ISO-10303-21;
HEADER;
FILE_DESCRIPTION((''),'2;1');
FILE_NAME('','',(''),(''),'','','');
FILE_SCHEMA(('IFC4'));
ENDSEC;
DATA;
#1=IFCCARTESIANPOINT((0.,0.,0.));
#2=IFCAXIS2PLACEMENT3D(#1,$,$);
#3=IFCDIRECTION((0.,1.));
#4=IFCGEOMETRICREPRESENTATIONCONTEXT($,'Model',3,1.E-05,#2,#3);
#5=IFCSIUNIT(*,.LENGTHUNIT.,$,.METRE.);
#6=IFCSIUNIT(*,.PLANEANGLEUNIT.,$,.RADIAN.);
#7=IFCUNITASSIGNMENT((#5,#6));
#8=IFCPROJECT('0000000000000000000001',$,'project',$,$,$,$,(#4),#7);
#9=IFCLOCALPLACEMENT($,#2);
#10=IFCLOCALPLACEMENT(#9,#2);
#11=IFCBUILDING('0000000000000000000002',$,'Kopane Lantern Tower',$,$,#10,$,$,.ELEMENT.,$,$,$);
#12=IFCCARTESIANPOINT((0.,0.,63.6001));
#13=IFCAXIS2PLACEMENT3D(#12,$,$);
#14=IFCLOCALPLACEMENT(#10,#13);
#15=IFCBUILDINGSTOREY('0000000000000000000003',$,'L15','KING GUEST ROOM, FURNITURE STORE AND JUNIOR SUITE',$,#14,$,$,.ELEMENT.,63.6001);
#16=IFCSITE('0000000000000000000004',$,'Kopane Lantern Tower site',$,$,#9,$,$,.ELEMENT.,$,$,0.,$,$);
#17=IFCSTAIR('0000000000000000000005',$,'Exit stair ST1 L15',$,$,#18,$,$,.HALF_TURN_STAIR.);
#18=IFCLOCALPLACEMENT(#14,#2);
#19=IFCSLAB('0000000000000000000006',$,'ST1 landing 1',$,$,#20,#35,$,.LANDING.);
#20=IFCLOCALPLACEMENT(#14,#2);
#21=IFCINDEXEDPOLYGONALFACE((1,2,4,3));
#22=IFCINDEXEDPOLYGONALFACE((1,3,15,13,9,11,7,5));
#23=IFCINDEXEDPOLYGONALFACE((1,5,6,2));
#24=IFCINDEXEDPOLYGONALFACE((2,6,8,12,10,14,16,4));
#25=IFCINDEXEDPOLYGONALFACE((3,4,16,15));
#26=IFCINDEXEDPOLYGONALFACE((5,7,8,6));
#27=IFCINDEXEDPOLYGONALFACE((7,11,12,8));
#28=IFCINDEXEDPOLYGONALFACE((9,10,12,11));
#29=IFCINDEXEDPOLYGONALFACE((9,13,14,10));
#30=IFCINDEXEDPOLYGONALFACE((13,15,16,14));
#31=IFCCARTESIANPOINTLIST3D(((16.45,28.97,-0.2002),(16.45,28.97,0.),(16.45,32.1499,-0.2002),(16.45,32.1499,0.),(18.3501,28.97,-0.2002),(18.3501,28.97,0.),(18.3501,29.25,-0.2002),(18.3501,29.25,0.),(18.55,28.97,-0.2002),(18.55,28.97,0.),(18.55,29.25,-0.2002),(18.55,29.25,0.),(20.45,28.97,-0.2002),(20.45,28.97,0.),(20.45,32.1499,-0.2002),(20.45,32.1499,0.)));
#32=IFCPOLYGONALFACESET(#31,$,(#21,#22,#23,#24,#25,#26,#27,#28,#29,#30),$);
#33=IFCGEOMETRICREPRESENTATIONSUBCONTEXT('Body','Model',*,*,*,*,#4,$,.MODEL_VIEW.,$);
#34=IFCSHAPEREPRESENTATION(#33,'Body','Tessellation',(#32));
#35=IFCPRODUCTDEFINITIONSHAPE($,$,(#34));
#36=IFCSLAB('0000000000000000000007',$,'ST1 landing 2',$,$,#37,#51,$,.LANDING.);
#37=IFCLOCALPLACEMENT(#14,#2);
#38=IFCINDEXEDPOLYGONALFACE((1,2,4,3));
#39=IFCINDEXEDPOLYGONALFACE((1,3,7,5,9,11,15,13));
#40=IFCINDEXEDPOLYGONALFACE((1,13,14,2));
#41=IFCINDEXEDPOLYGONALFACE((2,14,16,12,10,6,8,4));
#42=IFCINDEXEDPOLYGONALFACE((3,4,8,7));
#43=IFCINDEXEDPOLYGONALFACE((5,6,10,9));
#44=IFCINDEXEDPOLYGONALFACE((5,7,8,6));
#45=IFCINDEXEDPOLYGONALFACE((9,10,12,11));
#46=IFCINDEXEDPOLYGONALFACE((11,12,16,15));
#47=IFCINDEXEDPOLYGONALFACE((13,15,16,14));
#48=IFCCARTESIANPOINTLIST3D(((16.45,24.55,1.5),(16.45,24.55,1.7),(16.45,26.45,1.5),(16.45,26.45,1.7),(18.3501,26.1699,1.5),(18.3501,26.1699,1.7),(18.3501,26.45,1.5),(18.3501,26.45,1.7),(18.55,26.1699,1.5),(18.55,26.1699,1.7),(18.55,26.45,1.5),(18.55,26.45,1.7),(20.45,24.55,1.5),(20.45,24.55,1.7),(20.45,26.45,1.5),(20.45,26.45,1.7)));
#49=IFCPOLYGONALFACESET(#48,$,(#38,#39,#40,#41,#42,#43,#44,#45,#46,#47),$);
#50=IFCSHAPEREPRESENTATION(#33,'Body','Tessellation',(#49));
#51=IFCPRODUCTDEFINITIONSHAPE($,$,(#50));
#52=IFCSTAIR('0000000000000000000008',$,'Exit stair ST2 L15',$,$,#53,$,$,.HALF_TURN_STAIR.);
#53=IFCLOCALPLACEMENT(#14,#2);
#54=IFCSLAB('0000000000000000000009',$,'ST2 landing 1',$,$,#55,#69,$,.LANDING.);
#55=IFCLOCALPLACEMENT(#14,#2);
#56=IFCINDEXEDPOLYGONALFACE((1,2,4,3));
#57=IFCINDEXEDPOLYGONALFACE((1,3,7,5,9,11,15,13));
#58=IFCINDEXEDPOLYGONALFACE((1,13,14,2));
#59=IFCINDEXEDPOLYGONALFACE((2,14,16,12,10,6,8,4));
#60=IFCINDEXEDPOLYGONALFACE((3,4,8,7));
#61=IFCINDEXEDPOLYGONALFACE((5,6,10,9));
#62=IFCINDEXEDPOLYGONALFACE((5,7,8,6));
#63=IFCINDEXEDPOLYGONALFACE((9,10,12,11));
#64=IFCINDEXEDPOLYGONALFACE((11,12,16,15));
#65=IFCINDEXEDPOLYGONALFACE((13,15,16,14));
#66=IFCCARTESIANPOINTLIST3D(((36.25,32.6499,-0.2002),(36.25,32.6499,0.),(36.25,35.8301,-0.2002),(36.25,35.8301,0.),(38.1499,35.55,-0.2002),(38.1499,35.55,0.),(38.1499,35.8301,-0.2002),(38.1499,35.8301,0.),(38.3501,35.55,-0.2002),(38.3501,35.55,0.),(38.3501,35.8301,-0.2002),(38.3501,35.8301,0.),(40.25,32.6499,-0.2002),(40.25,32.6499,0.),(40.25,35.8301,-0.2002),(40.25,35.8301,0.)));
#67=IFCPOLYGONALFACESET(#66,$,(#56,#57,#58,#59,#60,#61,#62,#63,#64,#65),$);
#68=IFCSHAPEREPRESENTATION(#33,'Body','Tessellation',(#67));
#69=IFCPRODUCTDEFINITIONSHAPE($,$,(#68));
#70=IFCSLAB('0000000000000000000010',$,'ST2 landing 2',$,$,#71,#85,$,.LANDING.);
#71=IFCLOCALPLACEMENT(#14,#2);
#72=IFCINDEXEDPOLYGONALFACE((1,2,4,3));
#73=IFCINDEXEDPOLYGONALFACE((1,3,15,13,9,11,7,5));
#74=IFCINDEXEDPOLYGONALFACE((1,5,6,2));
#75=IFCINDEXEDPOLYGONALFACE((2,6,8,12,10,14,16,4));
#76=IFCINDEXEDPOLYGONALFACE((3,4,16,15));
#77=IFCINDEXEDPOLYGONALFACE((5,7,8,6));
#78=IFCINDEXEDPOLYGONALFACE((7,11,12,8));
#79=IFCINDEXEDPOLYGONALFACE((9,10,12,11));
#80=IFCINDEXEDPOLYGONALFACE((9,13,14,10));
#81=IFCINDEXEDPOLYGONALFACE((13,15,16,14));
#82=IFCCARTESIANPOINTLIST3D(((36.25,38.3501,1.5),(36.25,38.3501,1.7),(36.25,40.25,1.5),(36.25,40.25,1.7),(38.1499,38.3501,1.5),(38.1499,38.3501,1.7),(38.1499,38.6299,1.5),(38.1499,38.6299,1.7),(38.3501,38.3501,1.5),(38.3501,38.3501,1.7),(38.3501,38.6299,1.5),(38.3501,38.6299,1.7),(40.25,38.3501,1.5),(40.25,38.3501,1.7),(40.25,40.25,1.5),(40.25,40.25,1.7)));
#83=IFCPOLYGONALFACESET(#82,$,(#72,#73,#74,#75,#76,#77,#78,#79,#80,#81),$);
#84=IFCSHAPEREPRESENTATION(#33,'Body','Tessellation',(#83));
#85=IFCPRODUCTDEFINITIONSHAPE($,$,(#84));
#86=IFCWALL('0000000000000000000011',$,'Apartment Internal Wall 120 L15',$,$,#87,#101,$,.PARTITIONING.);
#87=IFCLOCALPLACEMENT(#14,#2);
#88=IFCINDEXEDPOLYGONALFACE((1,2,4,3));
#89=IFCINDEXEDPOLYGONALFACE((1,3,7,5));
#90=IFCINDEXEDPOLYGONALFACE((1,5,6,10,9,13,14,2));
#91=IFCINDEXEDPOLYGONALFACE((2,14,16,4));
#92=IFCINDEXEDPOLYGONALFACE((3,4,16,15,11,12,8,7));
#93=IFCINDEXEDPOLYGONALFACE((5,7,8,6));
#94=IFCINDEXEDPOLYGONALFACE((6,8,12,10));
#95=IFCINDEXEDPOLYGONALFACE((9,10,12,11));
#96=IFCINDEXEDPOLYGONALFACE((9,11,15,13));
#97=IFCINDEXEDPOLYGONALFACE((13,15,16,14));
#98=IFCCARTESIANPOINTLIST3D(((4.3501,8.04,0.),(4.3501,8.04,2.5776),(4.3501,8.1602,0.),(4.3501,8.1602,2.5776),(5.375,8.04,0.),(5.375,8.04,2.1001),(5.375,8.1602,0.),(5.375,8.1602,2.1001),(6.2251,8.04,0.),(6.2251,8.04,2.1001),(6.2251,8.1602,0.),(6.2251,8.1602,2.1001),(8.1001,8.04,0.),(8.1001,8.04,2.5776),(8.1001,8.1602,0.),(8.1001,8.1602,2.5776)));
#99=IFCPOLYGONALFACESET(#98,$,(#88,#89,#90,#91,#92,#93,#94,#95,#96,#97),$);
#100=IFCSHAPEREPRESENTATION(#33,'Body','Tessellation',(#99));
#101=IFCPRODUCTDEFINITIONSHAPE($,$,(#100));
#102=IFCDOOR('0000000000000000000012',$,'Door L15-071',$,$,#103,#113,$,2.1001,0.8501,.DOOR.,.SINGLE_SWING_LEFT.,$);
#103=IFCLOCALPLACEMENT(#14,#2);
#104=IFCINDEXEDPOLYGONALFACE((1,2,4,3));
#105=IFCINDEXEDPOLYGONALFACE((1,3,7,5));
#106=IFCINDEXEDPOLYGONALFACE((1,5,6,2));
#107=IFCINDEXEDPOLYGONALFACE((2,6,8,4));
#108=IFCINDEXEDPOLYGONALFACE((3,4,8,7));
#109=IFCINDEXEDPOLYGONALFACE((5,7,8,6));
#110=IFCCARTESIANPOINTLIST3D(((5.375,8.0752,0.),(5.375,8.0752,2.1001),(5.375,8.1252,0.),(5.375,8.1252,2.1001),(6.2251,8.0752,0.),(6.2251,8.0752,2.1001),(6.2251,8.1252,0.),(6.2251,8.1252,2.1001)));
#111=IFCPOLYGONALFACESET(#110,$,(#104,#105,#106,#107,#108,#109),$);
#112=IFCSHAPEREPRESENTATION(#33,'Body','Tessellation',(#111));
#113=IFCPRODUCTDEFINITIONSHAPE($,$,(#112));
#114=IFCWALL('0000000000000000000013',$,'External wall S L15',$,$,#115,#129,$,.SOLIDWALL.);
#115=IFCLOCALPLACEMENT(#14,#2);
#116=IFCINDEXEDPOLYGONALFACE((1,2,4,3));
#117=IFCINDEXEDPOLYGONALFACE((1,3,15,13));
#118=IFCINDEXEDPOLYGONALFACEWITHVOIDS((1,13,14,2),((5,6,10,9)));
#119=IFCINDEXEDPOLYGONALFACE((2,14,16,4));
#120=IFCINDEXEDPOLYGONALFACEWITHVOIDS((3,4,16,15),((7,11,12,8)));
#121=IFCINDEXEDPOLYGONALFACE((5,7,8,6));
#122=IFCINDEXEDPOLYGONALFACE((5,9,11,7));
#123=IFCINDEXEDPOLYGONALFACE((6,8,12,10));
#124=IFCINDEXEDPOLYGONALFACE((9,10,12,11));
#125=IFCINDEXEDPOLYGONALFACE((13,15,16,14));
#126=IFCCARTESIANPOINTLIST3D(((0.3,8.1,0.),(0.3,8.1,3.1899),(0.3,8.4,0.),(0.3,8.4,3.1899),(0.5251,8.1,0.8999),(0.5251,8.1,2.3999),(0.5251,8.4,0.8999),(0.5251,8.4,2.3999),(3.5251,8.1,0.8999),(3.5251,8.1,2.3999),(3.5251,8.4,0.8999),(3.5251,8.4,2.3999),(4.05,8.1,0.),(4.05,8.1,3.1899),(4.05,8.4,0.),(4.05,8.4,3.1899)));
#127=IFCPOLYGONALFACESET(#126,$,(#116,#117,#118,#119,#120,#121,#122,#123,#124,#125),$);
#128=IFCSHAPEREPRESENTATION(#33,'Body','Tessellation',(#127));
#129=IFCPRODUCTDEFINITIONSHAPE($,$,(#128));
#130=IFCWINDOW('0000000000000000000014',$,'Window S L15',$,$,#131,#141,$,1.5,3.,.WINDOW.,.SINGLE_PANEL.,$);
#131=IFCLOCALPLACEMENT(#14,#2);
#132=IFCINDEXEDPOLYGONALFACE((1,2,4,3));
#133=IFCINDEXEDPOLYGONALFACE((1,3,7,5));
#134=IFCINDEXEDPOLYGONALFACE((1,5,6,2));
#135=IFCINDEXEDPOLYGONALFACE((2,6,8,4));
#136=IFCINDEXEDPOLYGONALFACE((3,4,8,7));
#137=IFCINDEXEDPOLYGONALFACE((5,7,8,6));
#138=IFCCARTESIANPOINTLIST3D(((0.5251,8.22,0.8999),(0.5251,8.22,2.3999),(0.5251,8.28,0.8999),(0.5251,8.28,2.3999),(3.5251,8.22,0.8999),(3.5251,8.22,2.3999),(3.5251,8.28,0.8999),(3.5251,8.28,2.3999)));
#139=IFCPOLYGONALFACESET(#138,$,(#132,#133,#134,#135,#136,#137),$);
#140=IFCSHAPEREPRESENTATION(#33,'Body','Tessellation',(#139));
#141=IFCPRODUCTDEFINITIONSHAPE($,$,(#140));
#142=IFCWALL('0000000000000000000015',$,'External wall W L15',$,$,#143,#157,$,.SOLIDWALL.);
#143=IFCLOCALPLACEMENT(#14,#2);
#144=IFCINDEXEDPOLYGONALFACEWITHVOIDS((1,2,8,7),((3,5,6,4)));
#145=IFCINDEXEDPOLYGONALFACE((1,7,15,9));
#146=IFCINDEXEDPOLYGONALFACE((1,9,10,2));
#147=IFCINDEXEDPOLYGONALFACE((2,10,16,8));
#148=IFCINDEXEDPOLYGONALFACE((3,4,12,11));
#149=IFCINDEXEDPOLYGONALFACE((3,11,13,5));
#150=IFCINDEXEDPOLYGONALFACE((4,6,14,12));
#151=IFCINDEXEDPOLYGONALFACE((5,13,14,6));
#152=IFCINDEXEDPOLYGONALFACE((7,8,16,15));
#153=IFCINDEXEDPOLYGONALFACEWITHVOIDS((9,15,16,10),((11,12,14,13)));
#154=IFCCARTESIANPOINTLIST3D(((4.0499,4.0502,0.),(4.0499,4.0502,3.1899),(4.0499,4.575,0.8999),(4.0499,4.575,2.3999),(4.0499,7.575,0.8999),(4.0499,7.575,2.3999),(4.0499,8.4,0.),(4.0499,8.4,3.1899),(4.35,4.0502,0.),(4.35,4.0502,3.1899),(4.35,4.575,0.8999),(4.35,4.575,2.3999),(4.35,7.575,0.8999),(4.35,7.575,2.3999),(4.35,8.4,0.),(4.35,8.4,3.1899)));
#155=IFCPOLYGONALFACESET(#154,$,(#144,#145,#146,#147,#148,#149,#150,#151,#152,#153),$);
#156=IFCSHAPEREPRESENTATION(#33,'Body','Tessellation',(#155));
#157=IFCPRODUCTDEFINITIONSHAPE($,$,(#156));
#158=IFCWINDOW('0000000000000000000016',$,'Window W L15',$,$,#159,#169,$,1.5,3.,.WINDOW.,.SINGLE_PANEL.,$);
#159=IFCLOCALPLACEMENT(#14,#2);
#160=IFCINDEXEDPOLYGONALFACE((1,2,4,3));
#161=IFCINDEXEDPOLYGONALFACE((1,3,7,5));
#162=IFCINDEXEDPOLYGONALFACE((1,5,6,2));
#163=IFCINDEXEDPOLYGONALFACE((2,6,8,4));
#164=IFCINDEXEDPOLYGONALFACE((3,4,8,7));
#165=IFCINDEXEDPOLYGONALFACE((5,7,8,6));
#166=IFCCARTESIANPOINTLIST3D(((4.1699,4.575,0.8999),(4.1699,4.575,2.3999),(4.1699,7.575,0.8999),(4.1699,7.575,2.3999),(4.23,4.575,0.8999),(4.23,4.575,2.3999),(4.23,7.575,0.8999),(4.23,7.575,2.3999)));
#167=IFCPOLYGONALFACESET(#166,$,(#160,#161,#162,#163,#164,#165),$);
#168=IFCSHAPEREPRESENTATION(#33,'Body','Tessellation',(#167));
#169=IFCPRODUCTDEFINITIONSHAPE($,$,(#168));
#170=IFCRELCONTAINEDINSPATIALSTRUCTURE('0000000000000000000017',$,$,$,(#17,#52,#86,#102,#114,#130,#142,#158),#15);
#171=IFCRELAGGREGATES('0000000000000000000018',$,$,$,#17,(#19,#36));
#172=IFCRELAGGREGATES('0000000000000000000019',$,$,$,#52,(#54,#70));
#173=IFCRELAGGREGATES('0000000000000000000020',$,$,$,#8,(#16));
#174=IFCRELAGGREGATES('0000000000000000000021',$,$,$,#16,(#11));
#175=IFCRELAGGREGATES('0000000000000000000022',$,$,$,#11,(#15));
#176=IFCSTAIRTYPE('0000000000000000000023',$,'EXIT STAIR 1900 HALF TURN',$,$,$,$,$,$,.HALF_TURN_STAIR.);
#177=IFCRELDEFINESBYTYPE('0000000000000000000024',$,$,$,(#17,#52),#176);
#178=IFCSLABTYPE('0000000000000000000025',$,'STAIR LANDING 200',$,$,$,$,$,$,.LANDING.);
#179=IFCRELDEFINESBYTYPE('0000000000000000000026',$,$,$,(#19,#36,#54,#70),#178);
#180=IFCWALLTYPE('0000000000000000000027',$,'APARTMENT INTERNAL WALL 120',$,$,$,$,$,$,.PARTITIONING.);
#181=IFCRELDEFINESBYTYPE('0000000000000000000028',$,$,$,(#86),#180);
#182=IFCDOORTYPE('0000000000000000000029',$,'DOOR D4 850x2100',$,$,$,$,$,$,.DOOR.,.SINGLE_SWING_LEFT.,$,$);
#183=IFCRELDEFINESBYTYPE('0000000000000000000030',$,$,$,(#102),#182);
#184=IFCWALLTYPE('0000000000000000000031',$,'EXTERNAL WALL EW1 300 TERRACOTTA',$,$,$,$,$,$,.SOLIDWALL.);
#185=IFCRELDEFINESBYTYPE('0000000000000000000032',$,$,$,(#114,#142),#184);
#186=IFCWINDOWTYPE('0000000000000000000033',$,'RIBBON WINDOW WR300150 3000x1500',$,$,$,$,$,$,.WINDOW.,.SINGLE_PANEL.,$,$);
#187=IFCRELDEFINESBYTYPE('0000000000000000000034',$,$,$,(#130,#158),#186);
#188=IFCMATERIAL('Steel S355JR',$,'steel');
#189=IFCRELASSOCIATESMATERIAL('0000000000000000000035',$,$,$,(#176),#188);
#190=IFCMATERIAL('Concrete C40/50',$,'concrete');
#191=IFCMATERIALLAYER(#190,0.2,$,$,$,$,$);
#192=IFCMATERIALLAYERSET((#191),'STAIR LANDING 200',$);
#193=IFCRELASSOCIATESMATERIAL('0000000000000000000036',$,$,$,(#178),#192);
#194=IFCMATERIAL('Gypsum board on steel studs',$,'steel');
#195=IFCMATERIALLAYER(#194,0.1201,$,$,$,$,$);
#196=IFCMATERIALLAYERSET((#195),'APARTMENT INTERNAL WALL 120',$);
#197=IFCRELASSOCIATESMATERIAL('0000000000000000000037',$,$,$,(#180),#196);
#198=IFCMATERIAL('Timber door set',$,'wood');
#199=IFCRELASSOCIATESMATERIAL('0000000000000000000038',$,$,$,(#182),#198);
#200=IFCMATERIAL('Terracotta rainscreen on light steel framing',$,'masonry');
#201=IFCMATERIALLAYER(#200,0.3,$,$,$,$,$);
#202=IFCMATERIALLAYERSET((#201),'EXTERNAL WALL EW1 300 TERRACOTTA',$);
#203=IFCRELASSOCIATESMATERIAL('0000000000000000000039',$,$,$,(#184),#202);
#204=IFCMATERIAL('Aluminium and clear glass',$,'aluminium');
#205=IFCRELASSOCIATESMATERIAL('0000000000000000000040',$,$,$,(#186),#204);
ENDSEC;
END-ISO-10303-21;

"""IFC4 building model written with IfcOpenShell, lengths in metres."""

from ifc_helpers import new_model, si_unit, direction, frame, frame_2d, origin, place, context, subcontext, project, spatial, polyline, rectangle, outline, extrude, material, layer, layer_set, type_object, element, fill, aggregate, save


model = new_model("IFC4")

# Units and contexts
model_context = context("Model", 3, precision=1e-05, world=origin(), true_north=direction((0.0, 1.0)))
body_context = subcontext(model_context, "Body", "Model", "MODEL_VIEW")
ifc_project = project(units=[si_unit("LENGTHUNIT", "METRE"), si_unit("PLANEANGLEUNIT", "RADIAN")], contexts=[model_context])

# Site, building, storey
site_placement = place(None, origin())
site = spatial("IfcSite", under=ifc_project, at=site_placement, Name="Kopane Lantern Tower site", CompositionType="ELEMENT", RefElevation=0.0)
building_placement = place(site_placement, origin())
building = spatial("IfcBuilding", under=site, at=building_placement, Name="Kopane Lantern Tower", CompositionType="ELEMENT")
storey_placement = place(building_placement, frame((0.0, 0.0, 63.6001)))
storey = spatial("IfcBuildingStorey", under=building, at=storey_placement, Name="L15", Description="KING GUEST ROOM, FURNITURE STORE AND JUNIOR SUITE", CompositionType="ELEMENT", Elevation=63.6001)

# Stairs, slabs
ifc_material_1 = material(Name="Steel S355JR", Category="steel")
stair_type = type_object("IfcStairType", Name="EXIT STAIR 1900 HALF TURN", PredefinedType="HALF_TURN_STAIR", material=ifc_material_1)
stair_1_placement = place(storey_placement, origin())
stair_1 = element("IfcStair", 1, at=stair_1_placement, inside=storey, type_object=stair_type, Name="Exit stair ST1 L15", PredefinedType="HALF_TURN_STAIR")
ifc_material_2 = material(Name="Concrete C40/50", Category="concrete")
ifc_layer_1 = layer(ifc_material_2, 0.2)
ifc_layer_set_1 = layer_set([ifc_layer_1], Name="STAIR LANDING 200")
slab_type_1 = type_object("IfcSlabType", Name="STAIR LANDING 200", PredefinedType="LANDING", material=ifc_layer_set_1)
slab_1_placement = place(storey_placement, frame((0.0, 0.0, -0.2002)))
slab_1 = element("IfcSlab", 2, at=slab_1_placement, type_object=slab_type_1, Name="ST1 landing 1", PredefinedType="LANDING", context=body_context, shape_type="SweptSolid", body=[
    extrude(outline(polyline([(18.3501, 29.25), (18.55, 29.25), (18.55, 28.97), (20.45, 28.97), (20.45, 32.1499), (16.45, 32.1499), (16.45, 28.97), (18.3501, 28.97), (18.3501, 29.25)])), origin(), (0.0, 0.0, 1.0), 0.2002),
])
slab_2_placement = place(storey_placement, frame((0.0, 0.0, 1.5)))
slab_2 = element("IfcSlab", 3, at=slab_2_placement, type_object=slab_type_1, Name="ST1 landing 2", PredefinedType="LANDING", context=body_context, shape_type="SweptSolid", body=[
    extrude(outline(polyline([(20.45, 26.45), (18.55, 26.45), (18.55, 26.1699), (18.3501, 26.1699), (18.3501, 26.45), (16.45, 26.45), (16.45, 24.55), (20.45, 24.55), (20.45, 26.45)])), origin(), (0.0, 0.0, 1.0), 0.2),
])
aggregate(stair_1, [slab_1, slab_2])
stair_2_placement = place(storey_placement, origin())
stair_2 = element("IfcStair", 4, at=stair_2_placement, inside=storey, type_object=stair_type, Name="Exit stair ST2 L15", PredefinedType="HALF_TURN_STAIR")
slab_3_placement = place(storey_placement, frame((0.0, 0.0, -0.2002)))
slab_3 = element("IfcSlab", 5, at=slab_3_placement, type_object=slab_type_1, Name="ST2 landing 1", PredefinedType="LANDING", context=body_context, shape_type="SweptSolid", body=[
    extrude(outline(polyline([(40.25, 35.8301), (38.3501, 35.8301), (38.3501, 35.55), (38.1499, 35.55), (38.1499, 35.8301), (36.25, 35.8301), (36.25, 32.6499), (40.25, 32.6499), (40.25, 35.8301)])), origin(), (0.0, 0.0, 1.0), 0.2002),
])
slab_4_placement = place(storey_placement, frame((0.0, 0.0, 1.5)))
slab_4 = element("IfcSlab", 6, at=slab_4_placement, type_object=slab_type_1, Name="ST2 landing 2", PredefinedType="LANDING", context=body_context, shape_type="SweptSolid", body=[
    extrude(outline(polyline([(38.1499, 38.6299), (38.3501, 38.6299), (38.3501, 38.3501), (40.25, 38.3501), (40.25, 40.25), (36.25, 40.25), (36.25, 38.3501), (38.1499, 38.3501), (38.1499, 38.6299)])), origin(), (0.0, 0.0, 1.0), 0.2),
])
aggregate(stair_2, [slab_3, slab_4])

# Wall, opening, door
ifc_material_3 = material(Name="Gypsum board on steel studs", Category="steel")
ifc_layer_2 = layer(ifc_material_3, 0.1201)
ifc_layer_set_2 = layer_set([ifc_layer_2], Name="APARTMENT INTERNAL WALL 120")
wall_type_1 = type_object("IfcWallType", Name="APARTMENT INTERNAL WALL 120", PredefinedType="PARTITIONING", material=ifc_layer_set_2)
wall_1_placement = place(storey_placement, frame((8.1001, 8.1001, 0.0), z_axis=(0.0, 0.0, 1.0), x_axis=(-1.0, 0.0, 0.0)))
wall_1 = element("IfcWall", 7, at=wall_1_placement, inside=storey, type_object=wall_type_1, Name="Apartment Internal Wall 120 L15", PredefinedType="PARTITIONING", context=body_context, shape_type="SweptSolid", body=[
    extrude(rectangle(XDim=3.75, YDim=0.1201, at=frame_2d((1.875, 0.0))), origin(), (0.0, 0.0, 1.0), 2.5776),
])
opening_1_placement = place(wall_1_placement, frame((1.875, 0.0, 0.0)))
opening_1 = element("IfcOpeningElement", 8, at=opening_1_placement, cuts=wall_1, PredefinedType="OPENING", context=body_context, shape_type="SweptSolid", body=[
    extrude(rectangle(XDim=0.8501, YDim=2.1001, at=frame_2d((0.425, 1.05))), frame((0.0, 0.0701, 0.0), z_axis=(0.0, -1.0, 0.0), x_axis=(1.0, 0.0, 0.0)), (0.0, 0.0, 1.0), 0.1401),
])
ifc_material_4 = material(Name="Timber door set", Category="wood")
door_type = type_object("IfcDoorType", Name="DOOR D4 850x2100", OperationType="SINGLE_SWING_LEFT", PredefinedType="DOOR", material=ifc_material_4)
door_placement = place(opening_1_placement, origin())
door = element("IfcDoor", 9, at=door_placement, inside=storey, type_object=door_type, Name="Door L15-071", OperationType="SINGLE_SWING_LEFT", OverallHeight=2.1001, OverallWidth=0.8501, PredefinedType="DOOR", context=body_context, shape_type="SweptSolid", body=[
    extrude(rectangle(XDim=0.8501, YDim=2.1001, at=frame_2d((0.425, 1.05))), frame((0.0, 0.0249, 0.0), z_axis=(0.0, -1.0, 0.0), x_axis=(1.0, 0.0, 0.0)), (0.0, 0.0, 1.0), 0.05),
])
fill(opening_1, door)

# Walls, openings, windows
ifc_material_5 = material(Name="Terracotta rainscreen on light steel framing", Category="masonry")
ifc_layer_3 = layer(ifc_material_5, 0.3)
ifc_layer_set_3 = layer_set([ifc_layer_3], Name="EXTERNAL WALL EW1 300 TERRACOTTA")
wall_type_2 = type_object("IfcWallType", Name="EXTERNAL WALL EW1 300 TERRACOTTA", PredefinedType="SOLIDWALL", material=ifc_layer_set_3)
wall_2_placement = place(storey_placement, frame((0.3, 8.25, 0.0), z_axis=(0.0, 0.0, 1.0), x_axis=(1.0, 0.0, 0.0)))
wall_2 = element("IfcWall", 10, at=wall_2_placement, inside=storey, type_object=wall_type_2, Name="External wall S L15", PredefinedType="SOLIDWALL", context=body_context, shape_type="SweptSolid", body=[
    extrude(rectangle(XDim=3.75, YDim=0.3, at=frame_2d((1.875, 0.0))), origin(), (0.0, 0.0, 1.0), 3.1899),
])
opening_2_placement = place(wall_2_placement, frame((0.2251, 0.0, 0.8999)))
opening_2 = element("IfcOpeningElement", 11, at=opening_2_placement, cuts=wall_2, PredefinedType="OPENING", context=body_context, shape_type="SweptSolid", body=[
    extrude(rectangle(XDim=3.0, YDim=1.5, at=frame_2d((1.5, 0.75))), frame((0.0, 0.1599, 0.0), z_axis=(0.0, -1.0, 0.0), x_axis=(1.0, 0.0, 0.0)), (0.0, 0.0, 1.0), 0.3201),
])
ifc_material_6 = material(Name="Aluminium and clear glass", Category="aluminium")
window_type = type_object("IfcWindowType", Name="RIBBON WINDOW WR300150 3000x1500", PartitioningType="SINGLE_PANEL", PredefinedType="WINDOW", material=ifc_material_6)
window_1_placement = place(opening_2_placement, origin())
window_1 = element("IfcWindow", 12, at=window_1_placement, inside=storey, type_object=window_type, Name="Window S L15", OverallHeight=1.5, OverallWidth=3.0, PartitioningType="SINGLE_PANEL", PredefinedType="WINDOW", context=body_context, shape_type="SweptSolid", body=[
    extrude(rectangle(XDim=3.0, YDim=1.5, at=frame_2d((1.5, 0.75))), frame((0.0, 0.03, 0.0), z_axis=(0.0, -1.0, 0.0), x_axis=(1.0, 0.0, 0.0)), (0.0, 0.0, 1.0), 0.0601),
])
fill(opening_2, window_1)
wall_3_placement = place(storey_placement, frame((4.2, 8.3999, 0.0), z_axis=(0.0, 0.0, 1.0), x_axis=(0.0, -1.0, 0.0)))
wall_3 = element("IfcWall", 13, at=wall_3_placement, inside=storey, type_object=wall_type_2, Name="External wall W L15", PredefinedType="SOLIDWALL", context=body_context, shape_type="SweptSolid", body=[
    extrude(rectangle(XDim=4.3499, YDim=0.3, at=frame_2d((2.1748, 0.0))), origin(), (0.0, 0.0, 1.0), 3.1899),
])
opening_3_placement = place(wall_3_placement, frame((0.825, 0.0, 0.8999)))
opening_3 = element("IfcOpeningElement", 14, at=opening_3_placement, cuts=wall_3, PredefinedType="OPENING", context=body_context, shape_type="SweptSolid", body=[
    extrude(rectangle(XDim=3.0, YDim=1.5, at=frame_2d((1.5, 0.75))), frame((0.0, 0.1599, 0.0), z_axis=(0.0, -1.0, 0.0), x_axis=(1.0, 0.0, 0.0)), (0.0, 0.0, 1.0), 0.3201),
])
window_2_placement = place(opening_3_placement, origin())
window_2 = element("IfcWindow", 15, at=window_2_placement, inside=storey, type_object=window_type, Name="Window W L15", OverallHeight=1.5, OverallWidth=3.0, PartitioningType="SINGLE_PANEL", PredefinedType="WINDOW", context=body_context, shape_type="SweptSolid", body=[
    extrude(rectangle(XDim=3.0, YDim=1.5, at=frame_2d((1.5, 0.75))), frame((0.0, 0.03, 0.0), z_axis=(0.0, -1.0, 0.0), x_axis=(1.0, 0.0, 0.0)), (0.0, 0.0, 1.0), 0.0601),
])
fill(opening_3, window_2)

save(model, "model.ifc")
